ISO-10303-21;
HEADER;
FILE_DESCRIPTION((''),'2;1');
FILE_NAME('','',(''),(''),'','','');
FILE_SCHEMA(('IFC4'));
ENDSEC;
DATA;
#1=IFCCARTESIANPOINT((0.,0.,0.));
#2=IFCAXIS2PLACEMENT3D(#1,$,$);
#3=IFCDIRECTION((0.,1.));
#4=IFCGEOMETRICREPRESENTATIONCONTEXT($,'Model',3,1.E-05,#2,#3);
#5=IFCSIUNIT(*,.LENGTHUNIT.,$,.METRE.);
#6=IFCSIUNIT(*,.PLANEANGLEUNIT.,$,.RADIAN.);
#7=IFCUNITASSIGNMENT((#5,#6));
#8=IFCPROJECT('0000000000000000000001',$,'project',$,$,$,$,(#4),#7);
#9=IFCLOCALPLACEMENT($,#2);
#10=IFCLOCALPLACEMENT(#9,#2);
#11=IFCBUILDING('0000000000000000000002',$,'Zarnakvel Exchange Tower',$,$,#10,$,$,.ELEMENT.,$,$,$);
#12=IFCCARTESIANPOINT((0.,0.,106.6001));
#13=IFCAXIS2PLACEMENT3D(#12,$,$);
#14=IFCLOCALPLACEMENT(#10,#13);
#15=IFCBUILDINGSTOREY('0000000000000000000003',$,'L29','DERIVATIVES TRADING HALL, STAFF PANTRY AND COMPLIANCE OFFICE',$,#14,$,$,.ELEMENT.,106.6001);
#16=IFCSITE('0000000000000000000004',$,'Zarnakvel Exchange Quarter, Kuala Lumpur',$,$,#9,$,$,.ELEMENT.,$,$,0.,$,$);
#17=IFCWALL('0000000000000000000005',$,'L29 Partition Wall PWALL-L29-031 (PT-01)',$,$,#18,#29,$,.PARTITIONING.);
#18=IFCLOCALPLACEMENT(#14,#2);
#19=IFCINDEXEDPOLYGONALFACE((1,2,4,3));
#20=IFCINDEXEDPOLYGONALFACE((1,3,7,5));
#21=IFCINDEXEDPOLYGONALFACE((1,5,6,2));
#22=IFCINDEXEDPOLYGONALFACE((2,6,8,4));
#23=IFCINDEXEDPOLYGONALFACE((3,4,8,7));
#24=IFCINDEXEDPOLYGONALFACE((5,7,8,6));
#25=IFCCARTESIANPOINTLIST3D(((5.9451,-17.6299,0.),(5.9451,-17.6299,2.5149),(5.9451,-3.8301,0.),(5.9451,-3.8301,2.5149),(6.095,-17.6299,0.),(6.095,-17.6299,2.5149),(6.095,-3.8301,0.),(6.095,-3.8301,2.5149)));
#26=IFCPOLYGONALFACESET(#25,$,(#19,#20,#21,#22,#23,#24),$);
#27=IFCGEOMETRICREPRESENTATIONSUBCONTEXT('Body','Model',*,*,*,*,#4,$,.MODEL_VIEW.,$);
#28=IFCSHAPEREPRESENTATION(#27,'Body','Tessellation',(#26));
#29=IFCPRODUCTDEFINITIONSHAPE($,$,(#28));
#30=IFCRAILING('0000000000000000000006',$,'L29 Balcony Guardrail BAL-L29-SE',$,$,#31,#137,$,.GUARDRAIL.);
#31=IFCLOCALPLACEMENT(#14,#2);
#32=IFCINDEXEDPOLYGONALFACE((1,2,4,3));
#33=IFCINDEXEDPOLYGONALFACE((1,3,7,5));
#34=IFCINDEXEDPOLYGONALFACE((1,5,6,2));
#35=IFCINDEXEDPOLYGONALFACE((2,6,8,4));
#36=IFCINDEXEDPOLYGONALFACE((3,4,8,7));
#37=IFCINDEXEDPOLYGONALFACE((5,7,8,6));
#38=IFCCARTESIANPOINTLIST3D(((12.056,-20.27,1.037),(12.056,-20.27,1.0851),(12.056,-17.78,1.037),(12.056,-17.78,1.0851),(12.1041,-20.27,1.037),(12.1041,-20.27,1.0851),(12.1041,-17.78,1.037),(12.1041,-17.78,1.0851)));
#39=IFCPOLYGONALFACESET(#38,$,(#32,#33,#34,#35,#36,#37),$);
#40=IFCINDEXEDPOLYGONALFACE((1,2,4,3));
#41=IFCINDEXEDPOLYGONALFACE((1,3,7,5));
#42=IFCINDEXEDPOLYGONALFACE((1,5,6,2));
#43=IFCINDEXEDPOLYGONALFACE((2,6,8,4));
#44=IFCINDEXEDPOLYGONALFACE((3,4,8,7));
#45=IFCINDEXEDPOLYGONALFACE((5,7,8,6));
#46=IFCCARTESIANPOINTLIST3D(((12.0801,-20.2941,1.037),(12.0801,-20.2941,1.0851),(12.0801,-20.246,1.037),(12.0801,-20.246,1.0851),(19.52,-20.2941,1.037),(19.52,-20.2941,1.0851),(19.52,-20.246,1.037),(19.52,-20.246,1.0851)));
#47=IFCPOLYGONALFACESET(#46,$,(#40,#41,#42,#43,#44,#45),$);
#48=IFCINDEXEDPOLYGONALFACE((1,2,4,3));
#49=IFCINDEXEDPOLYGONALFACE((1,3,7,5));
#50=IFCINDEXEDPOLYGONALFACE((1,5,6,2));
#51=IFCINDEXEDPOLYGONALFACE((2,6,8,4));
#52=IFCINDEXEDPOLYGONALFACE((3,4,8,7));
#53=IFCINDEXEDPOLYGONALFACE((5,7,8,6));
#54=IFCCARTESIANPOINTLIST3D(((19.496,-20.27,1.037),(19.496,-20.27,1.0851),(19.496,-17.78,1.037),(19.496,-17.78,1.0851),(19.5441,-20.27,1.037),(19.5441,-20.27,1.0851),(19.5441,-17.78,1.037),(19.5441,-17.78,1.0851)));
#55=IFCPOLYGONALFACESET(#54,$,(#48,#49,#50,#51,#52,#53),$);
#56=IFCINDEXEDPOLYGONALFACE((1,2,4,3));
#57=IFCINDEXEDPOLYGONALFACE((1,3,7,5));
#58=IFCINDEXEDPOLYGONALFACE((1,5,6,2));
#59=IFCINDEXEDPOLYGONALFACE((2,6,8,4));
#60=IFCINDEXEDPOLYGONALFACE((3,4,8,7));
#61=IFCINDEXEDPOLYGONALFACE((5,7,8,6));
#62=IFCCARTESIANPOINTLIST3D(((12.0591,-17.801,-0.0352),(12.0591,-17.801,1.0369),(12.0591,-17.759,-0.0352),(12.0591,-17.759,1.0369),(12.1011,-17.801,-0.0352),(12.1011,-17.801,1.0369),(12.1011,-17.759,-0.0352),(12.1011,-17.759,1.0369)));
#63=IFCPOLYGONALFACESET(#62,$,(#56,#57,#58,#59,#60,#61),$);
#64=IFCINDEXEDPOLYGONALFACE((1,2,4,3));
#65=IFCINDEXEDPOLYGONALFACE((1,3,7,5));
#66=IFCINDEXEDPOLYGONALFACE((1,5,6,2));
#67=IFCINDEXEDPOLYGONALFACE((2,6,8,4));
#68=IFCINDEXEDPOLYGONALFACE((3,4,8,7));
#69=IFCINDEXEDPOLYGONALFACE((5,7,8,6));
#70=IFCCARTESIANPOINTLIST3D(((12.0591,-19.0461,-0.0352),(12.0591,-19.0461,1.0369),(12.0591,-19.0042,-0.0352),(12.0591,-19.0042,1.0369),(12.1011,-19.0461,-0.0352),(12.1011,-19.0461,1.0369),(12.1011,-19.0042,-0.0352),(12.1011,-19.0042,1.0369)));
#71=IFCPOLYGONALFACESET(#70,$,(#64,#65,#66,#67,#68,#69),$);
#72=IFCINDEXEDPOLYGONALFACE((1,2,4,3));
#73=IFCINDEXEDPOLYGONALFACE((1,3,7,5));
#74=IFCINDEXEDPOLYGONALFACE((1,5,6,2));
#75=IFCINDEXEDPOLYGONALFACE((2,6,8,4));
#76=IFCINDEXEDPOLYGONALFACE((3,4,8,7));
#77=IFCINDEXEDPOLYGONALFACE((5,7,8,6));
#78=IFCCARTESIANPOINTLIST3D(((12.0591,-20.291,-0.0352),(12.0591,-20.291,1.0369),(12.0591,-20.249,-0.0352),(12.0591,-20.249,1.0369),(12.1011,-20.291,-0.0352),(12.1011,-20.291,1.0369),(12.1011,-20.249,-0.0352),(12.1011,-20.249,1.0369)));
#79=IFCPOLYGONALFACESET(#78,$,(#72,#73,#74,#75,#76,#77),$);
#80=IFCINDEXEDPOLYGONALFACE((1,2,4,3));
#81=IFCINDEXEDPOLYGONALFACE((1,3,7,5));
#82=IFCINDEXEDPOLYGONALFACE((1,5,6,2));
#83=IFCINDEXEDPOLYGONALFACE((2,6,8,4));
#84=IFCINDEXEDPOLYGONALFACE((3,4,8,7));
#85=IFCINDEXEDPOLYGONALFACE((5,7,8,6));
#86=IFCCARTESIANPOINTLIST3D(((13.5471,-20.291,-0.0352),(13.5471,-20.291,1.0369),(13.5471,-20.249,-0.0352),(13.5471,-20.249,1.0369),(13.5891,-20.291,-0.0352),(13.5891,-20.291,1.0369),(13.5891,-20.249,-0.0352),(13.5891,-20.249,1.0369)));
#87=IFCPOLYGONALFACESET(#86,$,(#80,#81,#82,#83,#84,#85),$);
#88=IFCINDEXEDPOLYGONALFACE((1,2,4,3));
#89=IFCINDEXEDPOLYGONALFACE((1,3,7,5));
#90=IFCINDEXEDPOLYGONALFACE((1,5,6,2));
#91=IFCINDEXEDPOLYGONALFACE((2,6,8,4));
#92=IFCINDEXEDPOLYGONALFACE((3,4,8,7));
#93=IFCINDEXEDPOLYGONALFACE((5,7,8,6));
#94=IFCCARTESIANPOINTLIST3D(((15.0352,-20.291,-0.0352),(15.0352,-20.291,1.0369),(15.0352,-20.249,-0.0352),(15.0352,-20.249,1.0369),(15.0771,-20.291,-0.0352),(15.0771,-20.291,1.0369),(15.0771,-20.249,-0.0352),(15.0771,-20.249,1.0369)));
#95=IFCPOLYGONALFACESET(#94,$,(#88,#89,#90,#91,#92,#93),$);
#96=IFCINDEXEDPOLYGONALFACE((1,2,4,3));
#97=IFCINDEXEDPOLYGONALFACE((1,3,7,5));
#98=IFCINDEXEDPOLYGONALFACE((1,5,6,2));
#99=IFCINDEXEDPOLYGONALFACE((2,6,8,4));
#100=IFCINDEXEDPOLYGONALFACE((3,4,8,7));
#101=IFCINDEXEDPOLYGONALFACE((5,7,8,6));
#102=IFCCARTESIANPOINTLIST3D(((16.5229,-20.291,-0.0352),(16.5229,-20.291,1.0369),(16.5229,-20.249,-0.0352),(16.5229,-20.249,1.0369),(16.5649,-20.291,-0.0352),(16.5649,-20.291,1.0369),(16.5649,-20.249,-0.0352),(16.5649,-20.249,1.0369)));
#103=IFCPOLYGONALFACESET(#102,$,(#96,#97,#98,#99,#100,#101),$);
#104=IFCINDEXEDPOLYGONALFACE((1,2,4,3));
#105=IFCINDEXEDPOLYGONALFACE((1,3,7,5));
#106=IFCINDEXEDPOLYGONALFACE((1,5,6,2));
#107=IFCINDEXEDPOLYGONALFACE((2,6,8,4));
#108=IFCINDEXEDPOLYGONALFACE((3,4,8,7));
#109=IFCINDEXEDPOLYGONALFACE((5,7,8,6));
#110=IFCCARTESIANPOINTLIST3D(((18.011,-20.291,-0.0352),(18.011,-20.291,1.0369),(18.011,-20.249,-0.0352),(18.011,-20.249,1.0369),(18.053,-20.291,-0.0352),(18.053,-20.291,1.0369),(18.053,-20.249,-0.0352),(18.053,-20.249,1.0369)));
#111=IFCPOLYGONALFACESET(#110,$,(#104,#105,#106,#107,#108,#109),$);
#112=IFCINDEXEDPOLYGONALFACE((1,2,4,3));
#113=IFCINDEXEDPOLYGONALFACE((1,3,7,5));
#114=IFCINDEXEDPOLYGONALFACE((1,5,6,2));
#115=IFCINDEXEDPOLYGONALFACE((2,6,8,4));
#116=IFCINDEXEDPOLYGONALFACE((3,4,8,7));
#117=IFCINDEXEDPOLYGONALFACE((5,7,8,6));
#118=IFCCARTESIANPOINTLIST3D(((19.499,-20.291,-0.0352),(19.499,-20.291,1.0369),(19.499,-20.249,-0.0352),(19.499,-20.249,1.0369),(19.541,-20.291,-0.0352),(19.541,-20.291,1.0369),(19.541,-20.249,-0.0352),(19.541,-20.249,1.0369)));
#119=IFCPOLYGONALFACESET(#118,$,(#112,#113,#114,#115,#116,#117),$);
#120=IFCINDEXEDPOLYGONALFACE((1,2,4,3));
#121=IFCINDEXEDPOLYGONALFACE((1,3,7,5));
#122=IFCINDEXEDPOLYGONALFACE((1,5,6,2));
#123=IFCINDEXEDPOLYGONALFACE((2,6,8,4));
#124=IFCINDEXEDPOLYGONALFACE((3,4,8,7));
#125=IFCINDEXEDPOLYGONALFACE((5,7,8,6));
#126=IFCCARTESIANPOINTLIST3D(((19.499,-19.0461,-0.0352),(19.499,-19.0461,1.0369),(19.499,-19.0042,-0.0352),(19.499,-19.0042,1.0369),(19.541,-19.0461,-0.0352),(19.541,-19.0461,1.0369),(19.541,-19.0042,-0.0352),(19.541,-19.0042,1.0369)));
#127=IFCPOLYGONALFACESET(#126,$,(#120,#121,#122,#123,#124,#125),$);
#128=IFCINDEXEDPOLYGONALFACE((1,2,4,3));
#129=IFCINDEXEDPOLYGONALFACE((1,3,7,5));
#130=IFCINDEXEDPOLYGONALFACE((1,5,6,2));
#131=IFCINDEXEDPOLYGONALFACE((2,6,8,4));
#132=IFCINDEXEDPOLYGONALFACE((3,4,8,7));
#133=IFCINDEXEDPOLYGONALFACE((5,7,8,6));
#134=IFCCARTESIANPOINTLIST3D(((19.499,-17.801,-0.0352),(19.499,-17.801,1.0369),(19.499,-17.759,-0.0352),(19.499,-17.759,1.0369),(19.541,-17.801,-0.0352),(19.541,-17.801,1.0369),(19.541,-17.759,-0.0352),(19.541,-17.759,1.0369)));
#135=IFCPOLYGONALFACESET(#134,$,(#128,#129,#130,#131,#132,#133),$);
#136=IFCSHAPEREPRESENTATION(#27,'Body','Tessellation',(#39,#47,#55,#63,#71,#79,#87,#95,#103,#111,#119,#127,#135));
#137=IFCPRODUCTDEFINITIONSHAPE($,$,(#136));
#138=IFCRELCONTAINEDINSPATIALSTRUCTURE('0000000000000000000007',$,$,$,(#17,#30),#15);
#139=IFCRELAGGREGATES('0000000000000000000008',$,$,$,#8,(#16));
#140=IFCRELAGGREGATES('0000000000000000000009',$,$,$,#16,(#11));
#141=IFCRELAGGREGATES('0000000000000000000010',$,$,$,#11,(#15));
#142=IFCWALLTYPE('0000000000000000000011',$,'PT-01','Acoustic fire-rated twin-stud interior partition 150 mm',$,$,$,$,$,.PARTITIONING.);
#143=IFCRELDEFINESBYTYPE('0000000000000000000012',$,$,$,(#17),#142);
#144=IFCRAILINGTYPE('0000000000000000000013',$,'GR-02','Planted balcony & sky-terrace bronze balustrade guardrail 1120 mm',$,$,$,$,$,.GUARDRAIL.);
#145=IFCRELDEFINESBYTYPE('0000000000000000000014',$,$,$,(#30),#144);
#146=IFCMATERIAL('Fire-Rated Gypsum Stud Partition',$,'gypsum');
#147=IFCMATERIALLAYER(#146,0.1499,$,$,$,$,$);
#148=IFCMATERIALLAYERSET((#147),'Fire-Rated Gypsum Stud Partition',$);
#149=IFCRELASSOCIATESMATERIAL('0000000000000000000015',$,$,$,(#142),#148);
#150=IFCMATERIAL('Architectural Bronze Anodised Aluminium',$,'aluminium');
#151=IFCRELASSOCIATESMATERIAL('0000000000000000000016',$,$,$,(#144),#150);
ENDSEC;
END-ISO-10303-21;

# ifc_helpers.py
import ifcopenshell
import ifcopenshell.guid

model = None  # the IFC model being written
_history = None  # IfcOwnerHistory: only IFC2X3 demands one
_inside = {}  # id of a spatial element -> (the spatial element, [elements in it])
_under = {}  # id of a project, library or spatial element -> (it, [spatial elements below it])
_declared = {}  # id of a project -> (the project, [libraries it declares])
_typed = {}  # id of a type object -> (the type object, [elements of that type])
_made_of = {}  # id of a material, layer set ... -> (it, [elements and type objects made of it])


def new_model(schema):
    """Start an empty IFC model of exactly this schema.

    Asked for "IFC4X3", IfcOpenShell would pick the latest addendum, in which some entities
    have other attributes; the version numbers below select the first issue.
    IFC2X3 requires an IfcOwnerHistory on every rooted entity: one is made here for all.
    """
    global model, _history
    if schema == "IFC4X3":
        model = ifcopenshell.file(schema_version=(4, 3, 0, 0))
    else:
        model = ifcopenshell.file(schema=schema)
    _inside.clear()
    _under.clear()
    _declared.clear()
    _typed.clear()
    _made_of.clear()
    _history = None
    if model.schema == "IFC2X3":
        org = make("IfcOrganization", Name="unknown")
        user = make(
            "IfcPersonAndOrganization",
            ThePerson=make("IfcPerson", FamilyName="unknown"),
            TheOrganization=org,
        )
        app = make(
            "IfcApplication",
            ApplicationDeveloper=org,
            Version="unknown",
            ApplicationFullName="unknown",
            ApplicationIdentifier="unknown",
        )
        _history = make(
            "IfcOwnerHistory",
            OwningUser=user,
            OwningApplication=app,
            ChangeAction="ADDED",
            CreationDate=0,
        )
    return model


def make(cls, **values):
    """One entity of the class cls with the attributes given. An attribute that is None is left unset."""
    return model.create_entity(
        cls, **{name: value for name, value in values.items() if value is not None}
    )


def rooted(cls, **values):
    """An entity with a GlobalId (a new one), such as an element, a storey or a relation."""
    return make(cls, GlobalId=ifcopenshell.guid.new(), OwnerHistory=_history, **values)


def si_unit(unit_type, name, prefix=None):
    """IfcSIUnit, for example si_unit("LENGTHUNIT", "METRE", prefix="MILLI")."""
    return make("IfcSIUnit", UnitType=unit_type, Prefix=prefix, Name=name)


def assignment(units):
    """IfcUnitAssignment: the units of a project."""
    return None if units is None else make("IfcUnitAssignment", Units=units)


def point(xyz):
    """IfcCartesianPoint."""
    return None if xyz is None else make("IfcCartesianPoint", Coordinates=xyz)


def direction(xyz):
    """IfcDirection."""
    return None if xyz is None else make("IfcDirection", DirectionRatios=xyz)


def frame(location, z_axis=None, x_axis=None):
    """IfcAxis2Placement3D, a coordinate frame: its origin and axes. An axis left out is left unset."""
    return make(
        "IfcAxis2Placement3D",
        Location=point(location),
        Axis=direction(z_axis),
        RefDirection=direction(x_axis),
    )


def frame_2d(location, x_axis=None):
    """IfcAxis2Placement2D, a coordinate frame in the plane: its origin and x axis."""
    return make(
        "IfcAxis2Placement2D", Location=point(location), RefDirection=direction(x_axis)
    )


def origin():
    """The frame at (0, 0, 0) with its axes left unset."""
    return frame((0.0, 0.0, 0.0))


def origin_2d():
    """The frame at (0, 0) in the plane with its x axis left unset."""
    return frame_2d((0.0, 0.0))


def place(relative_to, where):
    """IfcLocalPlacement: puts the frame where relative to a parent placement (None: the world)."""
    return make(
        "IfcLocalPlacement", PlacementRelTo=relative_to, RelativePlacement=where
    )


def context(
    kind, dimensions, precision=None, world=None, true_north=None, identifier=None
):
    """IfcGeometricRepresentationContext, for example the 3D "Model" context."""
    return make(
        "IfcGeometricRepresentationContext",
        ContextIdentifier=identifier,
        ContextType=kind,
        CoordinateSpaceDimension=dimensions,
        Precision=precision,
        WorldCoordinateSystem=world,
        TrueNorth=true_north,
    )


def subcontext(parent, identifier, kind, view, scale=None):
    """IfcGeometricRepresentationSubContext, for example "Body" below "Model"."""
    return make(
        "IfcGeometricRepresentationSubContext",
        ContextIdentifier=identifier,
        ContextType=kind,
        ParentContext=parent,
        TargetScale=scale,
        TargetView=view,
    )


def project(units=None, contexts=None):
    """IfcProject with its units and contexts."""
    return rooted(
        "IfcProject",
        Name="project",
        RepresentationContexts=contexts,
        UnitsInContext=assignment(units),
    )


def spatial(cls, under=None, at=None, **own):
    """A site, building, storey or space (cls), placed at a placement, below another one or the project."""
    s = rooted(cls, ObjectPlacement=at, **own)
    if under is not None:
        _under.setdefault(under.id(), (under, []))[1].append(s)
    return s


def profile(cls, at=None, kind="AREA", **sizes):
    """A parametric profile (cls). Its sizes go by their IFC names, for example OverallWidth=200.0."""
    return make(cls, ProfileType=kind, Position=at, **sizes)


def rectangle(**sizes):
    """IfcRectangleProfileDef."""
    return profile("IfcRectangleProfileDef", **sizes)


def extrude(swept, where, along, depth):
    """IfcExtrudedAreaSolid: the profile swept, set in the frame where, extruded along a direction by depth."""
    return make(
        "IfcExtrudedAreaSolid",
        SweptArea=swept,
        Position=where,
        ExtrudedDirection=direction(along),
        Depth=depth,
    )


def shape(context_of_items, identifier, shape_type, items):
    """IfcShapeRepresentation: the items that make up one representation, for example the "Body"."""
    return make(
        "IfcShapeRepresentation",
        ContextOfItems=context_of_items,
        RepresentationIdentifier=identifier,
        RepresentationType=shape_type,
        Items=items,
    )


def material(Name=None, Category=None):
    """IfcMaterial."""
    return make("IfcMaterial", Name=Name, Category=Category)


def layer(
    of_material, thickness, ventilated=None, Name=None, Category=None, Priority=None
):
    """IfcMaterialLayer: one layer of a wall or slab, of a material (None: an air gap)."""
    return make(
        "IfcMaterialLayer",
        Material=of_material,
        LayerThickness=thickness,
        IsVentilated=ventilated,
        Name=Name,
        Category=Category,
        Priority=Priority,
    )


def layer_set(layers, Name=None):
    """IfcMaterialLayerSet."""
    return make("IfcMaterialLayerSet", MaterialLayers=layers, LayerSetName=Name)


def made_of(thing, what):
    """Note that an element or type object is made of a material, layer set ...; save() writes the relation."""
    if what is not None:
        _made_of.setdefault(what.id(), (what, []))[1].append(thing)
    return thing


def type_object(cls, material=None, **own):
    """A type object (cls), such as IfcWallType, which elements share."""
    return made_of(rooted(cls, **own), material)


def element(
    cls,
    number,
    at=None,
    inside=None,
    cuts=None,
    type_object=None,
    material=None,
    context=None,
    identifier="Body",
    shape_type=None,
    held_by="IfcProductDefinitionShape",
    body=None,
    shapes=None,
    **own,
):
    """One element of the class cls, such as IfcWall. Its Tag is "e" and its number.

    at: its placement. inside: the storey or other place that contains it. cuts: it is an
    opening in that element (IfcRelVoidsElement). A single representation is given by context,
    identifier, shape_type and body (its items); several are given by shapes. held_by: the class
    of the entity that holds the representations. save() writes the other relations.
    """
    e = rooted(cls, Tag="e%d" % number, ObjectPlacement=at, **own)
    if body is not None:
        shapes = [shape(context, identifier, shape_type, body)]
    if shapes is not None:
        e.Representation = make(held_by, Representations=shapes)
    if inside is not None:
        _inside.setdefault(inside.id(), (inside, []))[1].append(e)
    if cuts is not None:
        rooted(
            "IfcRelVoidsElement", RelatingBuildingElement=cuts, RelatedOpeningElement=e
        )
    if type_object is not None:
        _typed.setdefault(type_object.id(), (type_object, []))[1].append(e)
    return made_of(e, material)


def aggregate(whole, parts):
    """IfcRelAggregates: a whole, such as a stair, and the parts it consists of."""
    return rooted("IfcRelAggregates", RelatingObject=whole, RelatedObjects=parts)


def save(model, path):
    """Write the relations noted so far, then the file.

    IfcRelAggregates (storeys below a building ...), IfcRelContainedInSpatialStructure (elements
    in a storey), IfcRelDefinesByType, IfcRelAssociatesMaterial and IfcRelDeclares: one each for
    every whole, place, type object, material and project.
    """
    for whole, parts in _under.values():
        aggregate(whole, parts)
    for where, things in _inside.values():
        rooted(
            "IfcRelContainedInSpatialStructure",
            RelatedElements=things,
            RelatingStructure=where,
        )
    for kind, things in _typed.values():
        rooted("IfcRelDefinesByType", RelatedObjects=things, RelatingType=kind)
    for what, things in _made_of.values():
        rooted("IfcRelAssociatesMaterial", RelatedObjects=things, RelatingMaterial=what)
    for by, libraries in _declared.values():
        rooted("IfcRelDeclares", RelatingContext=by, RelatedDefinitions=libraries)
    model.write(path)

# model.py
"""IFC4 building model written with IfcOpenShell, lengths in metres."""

from ifc_helpers import new_model, si_unit, direction, frame, frame_2d, origin, origin_2d, place, context, subcontext, project, spatial, rectangle, extrude, material, layer, layer_set, type_object, element, save


model = new_model("IFC4")

# Units and contexts
model_context = context("Model", 3, precision=1e-05, world=origin(), true_north=direction((0.0, 1.0)))
body_context = subcontext(model_context, "Body", "Model", "MODEL_VIEW")
ifc_project = project(units=[si_unit("LENGTHUNIT", "METRE"), si_unit("PLANEANGLEUNIT", "RADIAN")], contexts=[model_context])

# Site, building, storey
site_placement = place(None, origin())
site = spatial("IfcSite", under=ifc_project, at=site_placement, Name="Zarnakvel Exchange Quarter, Kuala Lumpur", CompositionType="ELEMENT", RefElevation=0.0)
building_placement = place(site_placement, origin())
building = spatial("IfcBuilding", under=site, at=building_placement, Name="Zarnakvel Exchange Tower", CompositionType="ELEMENT")
storey_placement = place(building_placement, frame((0.0, 0.0, 106.6001)))
storey = spatial("IfcBuildingStorey", under=building, at=storey_placement, Name="L29", Description="DERIVATIVES TRADING HALL, STAFF PANTRY AND COMPLIANCE OFFICE", CompositionType="ELEMENT", Elevation=106.6001)

# Shared definitions
ifc_material_1 = material(Name="Architectural Bronze Anodised Aluminium", Category="aluminium")

# Wall
ifc_material_2 = material(Name="Fire-Rated Gypsum Stud Partition", Category="gypsum")
ifc_layer_1 = layer(ifc_material_2, 0.1499)
ifc_layer_set_1 = layer_set([ifc_layer_1], Name="Fire-Rated Gypsum Stud Partition")
wall_type_1 = type_object("IfcWallType", Name="PT-01", Description="Acoustic fire-rated twin-stud interior partition 150 mm", PredefinedType="PARTITIONING", material=ifc_layer_set_1)
wall_1_placement = place(storey_placement, frame((6.02, -17.6299, 0.0), z_axis=(0.0, 0.0, 1.0), x_axis=(0.0, 1.0, 0.0)))
element("IfcWall", 1, at=wall_1_placement, inside=storey, type_object=wall_type_1, Name="L29 Partition Wall PWALL-L29-031 (PT-01)", PredefinedType="PARTITIONING", context=body_context, shape_type="SweptSolid", body=[
    extrude(rectangle(XDim=13.7998, YDim=0.1499, at=frame_2d((6.8999, 0.0))), origin(), (0.0, 0.0, 1.0), 2.5149),
])

# Railing
railing_type = type_object("IfcRailingType", Name="GR-02", Description="Planted balcony & sky-terrace bronze balustrade guardrail 1120 mm", PredefinedType="GUARDRAIL", material=ifc_material_1)
railing_placement = place(storey_placement, frame((12.0801, -17.78, -0.0352)))
element("IfcRailing", 2, at=railing_placement, inside=storey, type_object=railing_type, Name="L29 Balcony Guardrail BAL-L29-SE", PredefinedType="GUARDRAIL", context=body_context, shape_type="SweptSolid", body=[
    extrude(rectangle(XDim=0.0481, YDim=0.0481, at=origin_2d()), frame((0.0, 0.0, 1.0962), z_axis=(0.0, -1.0, 0.0), x_axis=(1.0, 0.0, 0.0)), (0.0, 0.0, 1.0), 2.49),
    extrude(rectangle(XDim=0.0481, YDim=0.0481, at=origin_2d()), frame((0.0, -2.49, 1.0962), z_axis=(1.0, 0.0, 0.0), x_axis=(0.0, 1.0, 0.0)), (0.0, 0.0, 1.0), 7.4399),
    extrude(rectangle(XDim=0.0481, YDim=0.0481, at=origin_2d()), frame((7.4399, -2.49, 1.0962), z_axis=(0.0, 1.0, 0.0), x_axis=(-1.0, 0.0, 0.0)), (0.0, 0.0, 1.0), 2.49),
    extrude(rectangle(XDim=0.042, YDim=0.042, at=origin_2d()), origin(), (0.0, 0.0, 1.0), 1.072),
    extrude(rectangle(XDim=0.042, YDim=0.042, at=origin_2d()), frame((0.0, -1.2451, 0.0)), (0.0, 0.0, 1.0), 1.072),
    extrude(rectangle(XDim=0.042, YDim=0.042, at=origin_2d()), frame((0.0, -2.49, 0.0)), (0.0, 0.0, 1.0), 1.072),
    extrude(rectangle(XDim=0.042, YDim=0.042, at=origin_2d()), frame((1.488, -2.49, 0.0)), (0.0, 0.0, 1.0), 1.072),
    extrude(rectangle(XDim=0.042, YDim=0.042, at=origin_2d()), frame((2.9761, -2.49, 0.0)), (0.0, 0.0, 1.0), 1.072),
    extrude(rectangle(XDim=0.042, YDim=0.042, at=origin_2d()), frame((4.4639, -2.49, 0.0)), (0.0, 0.0, 1.0), 1.072),
    extrude(rectangle(XDim=0.042, YDim=0.042, at=origin_2d()), frame((5.9519, -2.49, 0.0)), (0.0, 0.0, 1.0), 1.072),
    extrude(rectangle(XDim=0.042, YDim=0.042, at=origin_2d()), frame((7.4399, -2.49, 0.0)), (0.0, 0.0, 1.0), 1.072),
    extrude(rectangle(XDim=0.042, YDim=0.042, at=origin_2d()), frame((7.4399, -1.2451, 0.0)), (0.0, 0.0, 1.0), 1.072),
    extrude(rectangle(XDim=0.042, YDim=0.042, at=origin_2d()), frame((7.4399, 0.0, 0.0)), (0.0, 0.0, 1.0), 1.072),
])

save(model, "model.ifc")
